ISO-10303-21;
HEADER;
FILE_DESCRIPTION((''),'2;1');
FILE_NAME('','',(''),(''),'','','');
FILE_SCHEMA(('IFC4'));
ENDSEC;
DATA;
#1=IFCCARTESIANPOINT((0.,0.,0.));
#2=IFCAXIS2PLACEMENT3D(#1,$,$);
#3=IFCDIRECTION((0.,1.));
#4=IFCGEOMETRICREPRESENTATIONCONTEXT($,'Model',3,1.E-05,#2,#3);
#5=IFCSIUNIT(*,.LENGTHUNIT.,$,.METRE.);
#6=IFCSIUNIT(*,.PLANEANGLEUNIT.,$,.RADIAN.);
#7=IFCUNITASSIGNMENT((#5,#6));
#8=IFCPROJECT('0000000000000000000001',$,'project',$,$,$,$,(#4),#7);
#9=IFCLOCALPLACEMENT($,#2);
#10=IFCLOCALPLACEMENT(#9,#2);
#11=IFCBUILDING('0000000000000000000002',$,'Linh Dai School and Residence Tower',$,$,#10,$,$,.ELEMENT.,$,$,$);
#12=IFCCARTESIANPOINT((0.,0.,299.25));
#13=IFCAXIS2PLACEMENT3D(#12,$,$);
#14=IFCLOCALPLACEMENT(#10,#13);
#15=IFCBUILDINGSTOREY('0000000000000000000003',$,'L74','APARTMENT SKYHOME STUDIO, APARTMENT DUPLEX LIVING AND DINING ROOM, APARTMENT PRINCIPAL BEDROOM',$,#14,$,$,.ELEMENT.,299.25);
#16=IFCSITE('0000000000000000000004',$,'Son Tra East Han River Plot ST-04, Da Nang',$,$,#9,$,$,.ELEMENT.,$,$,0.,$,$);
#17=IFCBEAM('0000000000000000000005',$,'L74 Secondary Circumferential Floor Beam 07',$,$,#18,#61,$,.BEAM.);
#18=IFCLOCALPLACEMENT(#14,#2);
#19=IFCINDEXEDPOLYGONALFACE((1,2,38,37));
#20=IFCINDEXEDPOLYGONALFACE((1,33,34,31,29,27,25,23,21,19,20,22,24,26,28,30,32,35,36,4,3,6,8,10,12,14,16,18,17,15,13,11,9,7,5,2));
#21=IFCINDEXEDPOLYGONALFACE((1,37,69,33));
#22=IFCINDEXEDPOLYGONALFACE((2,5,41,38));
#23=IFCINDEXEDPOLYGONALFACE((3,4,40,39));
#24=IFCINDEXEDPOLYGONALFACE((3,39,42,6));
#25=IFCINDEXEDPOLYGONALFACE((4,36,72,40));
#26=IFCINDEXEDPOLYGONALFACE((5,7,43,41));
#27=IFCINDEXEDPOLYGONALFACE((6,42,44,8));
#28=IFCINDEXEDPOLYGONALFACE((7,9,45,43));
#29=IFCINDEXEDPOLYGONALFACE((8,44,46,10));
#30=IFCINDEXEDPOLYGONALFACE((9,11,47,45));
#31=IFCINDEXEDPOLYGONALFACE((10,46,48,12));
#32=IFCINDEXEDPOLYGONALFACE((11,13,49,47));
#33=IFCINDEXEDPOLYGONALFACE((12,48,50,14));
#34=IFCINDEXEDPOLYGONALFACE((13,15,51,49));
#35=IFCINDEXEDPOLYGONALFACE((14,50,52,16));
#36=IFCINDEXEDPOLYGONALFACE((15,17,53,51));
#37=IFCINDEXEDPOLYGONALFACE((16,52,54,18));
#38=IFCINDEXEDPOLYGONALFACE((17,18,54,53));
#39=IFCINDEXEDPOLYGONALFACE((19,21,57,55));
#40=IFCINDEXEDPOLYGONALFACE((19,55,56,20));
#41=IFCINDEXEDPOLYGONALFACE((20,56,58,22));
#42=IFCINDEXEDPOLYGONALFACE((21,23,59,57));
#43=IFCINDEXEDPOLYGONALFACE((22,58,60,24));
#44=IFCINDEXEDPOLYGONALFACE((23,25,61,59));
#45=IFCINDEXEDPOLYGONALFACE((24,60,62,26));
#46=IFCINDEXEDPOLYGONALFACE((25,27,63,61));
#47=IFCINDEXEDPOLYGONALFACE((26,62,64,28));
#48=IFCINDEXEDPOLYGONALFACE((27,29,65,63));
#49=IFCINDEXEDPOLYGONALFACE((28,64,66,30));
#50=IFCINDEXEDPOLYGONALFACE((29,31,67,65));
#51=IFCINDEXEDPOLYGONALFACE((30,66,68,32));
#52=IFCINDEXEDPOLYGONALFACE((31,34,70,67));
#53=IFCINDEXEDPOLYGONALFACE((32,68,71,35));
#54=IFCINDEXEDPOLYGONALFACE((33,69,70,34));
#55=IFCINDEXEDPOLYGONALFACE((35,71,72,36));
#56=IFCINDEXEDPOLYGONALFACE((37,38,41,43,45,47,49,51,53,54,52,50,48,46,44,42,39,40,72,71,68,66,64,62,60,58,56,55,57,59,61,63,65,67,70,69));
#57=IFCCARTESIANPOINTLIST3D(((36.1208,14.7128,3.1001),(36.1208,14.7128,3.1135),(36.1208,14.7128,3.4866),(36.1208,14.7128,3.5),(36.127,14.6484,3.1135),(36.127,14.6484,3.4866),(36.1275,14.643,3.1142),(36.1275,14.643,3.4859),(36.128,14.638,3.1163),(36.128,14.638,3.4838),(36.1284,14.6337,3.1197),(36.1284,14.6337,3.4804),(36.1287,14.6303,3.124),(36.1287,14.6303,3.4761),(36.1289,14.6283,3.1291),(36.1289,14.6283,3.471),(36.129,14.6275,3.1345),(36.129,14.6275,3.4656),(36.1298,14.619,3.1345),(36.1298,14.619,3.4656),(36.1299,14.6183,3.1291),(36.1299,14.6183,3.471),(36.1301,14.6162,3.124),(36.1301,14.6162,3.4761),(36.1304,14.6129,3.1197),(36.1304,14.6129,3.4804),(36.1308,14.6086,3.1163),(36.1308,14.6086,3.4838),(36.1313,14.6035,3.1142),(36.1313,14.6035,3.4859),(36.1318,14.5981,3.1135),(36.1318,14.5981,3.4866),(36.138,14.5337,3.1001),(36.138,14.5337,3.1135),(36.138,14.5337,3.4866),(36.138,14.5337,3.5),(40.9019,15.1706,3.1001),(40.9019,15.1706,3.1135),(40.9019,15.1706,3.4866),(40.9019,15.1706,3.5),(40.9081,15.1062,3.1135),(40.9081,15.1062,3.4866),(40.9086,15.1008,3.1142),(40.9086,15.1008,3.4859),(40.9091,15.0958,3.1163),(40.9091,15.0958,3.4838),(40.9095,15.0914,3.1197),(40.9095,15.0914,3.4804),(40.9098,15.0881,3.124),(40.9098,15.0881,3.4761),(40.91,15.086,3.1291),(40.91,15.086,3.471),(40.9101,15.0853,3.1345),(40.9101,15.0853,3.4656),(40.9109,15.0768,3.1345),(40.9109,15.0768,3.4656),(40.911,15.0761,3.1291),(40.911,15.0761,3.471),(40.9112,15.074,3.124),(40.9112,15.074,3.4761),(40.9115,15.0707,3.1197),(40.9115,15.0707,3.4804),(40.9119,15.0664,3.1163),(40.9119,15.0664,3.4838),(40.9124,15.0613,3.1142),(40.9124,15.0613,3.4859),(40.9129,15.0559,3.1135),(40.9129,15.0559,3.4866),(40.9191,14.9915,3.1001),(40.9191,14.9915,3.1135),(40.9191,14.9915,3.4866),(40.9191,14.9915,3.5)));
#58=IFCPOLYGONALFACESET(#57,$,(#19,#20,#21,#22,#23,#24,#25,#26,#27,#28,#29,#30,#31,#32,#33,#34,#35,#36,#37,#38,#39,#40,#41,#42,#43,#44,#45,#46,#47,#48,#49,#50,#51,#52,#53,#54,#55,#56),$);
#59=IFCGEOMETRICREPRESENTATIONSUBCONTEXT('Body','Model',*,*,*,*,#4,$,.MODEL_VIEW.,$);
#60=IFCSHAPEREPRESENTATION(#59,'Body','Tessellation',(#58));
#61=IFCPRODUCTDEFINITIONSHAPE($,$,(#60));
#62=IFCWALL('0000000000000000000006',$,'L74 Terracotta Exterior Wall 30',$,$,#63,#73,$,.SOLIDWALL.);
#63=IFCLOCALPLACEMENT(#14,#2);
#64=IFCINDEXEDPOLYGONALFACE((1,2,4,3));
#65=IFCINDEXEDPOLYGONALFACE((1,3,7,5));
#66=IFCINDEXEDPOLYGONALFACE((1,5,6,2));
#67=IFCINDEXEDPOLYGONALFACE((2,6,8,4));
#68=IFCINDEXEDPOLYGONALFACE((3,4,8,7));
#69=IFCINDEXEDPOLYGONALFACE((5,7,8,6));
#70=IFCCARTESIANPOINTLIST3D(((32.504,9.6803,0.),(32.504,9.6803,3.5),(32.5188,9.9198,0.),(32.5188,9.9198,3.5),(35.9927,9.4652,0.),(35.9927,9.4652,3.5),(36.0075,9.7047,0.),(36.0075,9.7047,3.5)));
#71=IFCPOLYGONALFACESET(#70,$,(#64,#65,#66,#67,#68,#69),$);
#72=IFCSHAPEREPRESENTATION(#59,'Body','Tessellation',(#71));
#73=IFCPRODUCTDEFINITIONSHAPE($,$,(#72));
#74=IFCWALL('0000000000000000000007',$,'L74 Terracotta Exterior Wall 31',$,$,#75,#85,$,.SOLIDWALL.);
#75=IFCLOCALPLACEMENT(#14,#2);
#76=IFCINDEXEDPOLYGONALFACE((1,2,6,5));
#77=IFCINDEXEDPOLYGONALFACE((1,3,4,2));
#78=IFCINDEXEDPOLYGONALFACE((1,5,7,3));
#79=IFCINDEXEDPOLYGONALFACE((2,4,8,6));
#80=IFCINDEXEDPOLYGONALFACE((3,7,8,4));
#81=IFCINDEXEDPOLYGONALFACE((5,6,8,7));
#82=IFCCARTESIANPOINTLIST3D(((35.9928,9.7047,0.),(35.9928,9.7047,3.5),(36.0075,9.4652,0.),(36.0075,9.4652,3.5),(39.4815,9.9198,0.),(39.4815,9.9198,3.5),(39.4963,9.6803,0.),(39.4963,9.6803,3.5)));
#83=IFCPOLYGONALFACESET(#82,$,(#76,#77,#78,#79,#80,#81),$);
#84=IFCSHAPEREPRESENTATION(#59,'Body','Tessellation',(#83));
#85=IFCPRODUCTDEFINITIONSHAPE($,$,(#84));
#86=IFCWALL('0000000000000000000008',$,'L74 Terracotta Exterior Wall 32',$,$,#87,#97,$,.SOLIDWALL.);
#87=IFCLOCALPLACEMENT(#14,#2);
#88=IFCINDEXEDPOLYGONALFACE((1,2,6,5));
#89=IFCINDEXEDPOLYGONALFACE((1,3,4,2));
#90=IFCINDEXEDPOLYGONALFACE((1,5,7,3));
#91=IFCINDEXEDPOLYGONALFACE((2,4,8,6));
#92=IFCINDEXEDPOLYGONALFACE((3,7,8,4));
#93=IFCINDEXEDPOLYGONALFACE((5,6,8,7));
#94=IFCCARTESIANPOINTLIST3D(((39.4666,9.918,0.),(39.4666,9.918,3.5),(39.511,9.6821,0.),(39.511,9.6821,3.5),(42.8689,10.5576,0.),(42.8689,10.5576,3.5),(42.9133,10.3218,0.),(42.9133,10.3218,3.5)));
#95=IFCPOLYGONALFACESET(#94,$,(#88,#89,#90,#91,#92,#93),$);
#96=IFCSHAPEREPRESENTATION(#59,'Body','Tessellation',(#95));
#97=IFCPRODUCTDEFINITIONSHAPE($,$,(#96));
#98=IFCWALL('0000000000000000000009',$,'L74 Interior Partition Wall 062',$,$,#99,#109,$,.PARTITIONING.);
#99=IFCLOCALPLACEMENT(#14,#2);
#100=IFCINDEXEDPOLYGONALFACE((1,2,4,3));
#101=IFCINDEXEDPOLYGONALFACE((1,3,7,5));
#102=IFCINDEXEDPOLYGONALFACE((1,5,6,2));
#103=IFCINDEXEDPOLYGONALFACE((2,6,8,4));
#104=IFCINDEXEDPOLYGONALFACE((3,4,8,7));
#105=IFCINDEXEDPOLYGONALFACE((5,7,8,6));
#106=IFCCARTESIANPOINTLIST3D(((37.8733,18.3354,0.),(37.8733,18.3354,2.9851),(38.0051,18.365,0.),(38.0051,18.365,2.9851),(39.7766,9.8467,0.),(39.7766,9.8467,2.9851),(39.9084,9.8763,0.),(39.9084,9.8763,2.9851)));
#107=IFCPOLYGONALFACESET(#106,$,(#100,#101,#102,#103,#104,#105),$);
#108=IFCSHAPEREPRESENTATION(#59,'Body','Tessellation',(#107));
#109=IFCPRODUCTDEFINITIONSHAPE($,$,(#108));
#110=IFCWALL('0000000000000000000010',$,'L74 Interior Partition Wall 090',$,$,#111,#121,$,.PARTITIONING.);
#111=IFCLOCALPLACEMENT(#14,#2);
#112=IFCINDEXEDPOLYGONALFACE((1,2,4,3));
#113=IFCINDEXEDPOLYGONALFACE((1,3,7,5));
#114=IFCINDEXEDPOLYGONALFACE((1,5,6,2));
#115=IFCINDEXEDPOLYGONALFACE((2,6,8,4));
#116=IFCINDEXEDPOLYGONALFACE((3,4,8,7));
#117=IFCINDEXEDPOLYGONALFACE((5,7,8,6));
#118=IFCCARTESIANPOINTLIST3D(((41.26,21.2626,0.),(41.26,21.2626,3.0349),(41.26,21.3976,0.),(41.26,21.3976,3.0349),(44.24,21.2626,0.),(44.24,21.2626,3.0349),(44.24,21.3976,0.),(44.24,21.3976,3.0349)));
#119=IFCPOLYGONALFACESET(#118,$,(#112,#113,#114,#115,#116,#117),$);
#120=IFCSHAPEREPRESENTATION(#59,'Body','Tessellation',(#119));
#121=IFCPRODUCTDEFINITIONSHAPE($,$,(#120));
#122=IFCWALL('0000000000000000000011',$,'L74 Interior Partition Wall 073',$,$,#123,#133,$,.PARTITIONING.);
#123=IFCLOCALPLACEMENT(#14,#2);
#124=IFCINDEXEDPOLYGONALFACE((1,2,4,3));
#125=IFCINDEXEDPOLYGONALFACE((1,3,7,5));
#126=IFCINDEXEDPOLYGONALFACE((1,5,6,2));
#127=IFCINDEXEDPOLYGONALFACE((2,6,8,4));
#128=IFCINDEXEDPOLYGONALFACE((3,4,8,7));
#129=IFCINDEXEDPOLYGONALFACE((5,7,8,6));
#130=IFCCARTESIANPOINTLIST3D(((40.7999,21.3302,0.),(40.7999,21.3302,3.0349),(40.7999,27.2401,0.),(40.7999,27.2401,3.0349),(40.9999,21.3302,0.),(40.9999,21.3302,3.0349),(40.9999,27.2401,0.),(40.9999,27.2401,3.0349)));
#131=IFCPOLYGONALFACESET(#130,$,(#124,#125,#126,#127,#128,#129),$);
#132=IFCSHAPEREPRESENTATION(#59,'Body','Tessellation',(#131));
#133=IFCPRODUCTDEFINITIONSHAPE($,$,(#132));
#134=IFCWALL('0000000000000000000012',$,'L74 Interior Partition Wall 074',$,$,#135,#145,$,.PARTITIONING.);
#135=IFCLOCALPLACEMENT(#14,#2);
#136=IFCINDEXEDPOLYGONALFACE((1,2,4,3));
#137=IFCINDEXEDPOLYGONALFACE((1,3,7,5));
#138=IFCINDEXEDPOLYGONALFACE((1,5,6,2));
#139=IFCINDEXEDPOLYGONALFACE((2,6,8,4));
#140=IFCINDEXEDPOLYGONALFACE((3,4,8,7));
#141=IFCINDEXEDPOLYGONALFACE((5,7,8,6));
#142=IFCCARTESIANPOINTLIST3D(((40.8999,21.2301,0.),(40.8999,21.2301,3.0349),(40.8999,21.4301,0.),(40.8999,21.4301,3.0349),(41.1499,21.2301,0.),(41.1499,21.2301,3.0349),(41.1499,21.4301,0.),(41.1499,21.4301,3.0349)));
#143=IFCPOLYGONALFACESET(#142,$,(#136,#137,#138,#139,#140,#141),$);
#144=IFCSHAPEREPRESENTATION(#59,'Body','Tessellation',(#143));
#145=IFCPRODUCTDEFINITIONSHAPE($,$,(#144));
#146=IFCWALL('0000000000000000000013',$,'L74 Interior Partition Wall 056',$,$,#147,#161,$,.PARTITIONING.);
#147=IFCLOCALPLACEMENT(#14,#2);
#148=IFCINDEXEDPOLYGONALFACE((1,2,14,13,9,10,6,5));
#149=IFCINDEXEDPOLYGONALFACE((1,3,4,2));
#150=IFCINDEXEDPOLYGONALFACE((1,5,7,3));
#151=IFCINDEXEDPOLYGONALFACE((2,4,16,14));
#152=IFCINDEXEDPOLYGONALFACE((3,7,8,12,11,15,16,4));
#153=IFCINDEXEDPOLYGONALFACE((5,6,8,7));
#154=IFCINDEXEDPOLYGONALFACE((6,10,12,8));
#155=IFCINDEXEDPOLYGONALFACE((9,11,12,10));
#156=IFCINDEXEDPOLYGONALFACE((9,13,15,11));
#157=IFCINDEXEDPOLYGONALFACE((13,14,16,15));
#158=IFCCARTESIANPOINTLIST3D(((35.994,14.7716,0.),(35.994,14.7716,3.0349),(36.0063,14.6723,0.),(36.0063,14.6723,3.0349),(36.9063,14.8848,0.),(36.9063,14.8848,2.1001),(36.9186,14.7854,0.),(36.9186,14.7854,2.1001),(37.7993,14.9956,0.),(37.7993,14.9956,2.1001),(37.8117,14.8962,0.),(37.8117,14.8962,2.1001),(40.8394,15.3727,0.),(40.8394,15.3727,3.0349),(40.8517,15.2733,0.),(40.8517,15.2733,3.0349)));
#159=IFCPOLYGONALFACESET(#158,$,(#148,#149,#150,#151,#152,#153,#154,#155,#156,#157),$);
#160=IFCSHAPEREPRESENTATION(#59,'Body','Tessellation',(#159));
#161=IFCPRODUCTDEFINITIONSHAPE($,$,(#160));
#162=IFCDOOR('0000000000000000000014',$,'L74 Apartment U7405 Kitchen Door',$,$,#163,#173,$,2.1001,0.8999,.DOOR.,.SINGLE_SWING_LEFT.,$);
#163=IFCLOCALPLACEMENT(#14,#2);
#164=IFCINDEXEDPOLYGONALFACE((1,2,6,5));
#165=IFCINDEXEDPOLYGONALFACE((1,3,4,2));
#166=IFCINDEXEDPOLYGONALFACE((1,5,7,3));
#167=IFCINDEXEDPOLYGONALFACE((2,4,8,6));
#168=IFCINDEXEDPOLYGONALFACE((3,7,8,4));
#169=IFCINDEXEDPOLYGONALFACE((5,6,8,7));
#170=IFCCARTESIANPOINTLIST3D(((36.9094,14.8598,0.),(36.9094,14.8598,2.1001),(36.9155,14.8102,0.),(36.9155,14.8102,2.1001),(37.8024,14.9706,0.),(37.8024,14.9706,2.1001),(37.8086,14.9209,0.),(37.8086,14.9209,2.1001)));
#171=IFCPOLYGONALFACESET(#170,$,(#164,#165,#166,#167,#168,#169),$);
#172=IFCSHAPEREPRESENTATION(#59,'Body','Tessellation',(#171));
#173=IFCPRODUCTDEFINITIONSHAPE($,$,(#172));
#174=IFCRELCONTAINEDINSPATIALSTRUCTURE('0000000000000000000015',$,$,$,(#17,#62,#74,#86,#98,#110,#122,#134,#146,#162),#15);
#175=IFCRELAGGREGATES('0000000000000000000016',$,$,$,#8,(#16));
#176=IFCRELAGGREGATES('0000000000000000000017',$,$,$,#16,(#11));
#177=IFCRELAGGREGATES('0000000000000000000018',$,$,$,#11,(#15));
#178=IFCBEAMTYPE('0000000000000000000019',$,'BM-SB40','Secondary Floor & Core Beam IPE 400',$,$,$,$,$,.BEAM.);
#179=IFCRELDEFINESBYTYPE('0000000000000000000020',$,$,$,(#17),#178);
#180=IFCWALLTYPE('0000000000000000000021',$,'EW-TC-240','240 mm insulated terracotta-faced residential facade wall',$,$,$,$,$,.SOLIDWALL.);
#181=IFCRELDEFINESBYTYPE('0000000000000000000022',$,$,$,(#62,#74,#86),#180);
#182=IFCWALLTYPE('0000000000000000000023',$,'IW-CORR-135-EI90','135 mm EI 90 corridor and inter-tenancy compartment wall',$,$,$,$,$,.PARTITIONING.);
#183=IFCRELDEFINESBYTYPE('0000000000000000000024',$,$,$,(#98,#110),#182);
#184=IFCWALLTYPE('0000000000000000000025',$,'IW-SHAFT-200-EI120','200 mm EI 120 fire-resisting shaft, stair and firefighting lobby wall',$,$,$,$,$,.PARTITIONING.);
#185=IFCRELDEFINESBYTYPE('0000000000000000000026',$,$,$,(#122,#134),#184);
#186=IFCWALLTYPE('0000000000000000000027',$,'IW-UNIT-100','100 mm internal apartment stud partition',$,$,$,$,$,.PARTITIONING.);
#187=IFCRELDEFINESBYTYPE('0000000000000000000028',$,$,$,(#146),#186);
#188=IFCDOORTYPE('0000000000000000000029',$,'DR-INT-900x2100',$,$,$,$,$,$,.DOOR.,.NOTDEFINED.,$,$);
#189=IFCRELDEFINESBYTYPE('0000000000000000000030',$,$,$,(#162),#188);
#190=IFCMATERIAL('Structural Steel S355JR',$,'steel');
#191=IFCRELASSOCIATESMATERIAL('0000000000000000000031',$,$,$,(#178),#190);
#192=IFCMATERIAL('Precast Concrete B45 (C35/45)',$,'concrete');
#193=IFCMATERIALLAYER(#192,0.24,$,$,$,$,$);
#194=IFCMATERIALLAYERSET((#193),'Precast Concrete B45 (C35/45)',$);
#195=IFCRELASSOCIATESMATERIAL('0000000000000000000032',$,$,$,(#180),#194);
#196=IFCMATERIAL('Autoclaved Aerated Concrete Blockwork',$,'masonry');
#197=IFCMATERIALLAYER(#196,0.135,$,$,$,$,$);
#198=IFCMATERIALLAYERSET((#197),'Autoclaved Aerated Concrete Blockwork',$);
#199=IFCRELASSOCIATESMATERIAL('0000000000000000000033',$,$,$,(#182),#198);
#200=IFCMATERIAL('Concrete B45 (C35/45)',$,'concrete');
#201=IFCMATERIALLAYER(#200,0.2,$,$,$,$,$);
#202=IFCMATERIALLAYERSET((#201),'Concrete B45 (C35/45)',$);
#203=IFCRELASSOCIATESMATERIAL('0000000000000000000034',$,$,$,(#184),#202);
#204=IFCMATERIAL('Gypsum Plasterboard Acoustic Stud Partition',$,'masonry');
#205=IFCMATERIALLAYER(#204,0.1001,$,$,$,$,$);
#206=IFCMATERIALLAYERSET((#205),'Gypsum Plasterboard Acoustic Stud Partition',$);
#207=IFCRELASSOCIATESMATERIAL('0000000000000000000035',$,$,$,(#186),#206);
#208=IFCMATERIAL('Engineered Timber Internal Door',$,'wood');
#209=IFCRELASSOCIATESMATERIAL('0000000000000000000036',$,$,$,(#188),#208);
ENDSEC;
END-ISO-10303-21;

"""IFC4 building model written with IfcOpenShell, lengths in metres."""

from ifc_helpers import new_model, si_unit, direction, frame, frame_2d, origin, origin_2d, place, context, subcontext, project, spatial, rectangle, i_section, extrude, source, transform, mapped, material, layer, layer_set, material_profile, profile_set, type_object, element, fill, save


model = new_model("IFC4")

# Units and contexts
model_context = context("Model", 3, precision=1e-05, world=origin(), true_north=direction((0.0, 1.0)))
body_context = subcontext(model_context, "Body", "Model", "MODEL_VIEW")
ifc_project = project(units=[si_unit("LENGTHUNIT", "METRE"), si_unit("PLANEANGLEUNIT", "RADIAN")], contexts=[model_context])

# Site, building, storey
site_placement = place(None, origin())
site = spatial("IfcSite", under=ifc_project, at=site_placement, Name="Son Tra East Han River Plot ST-04, Da Nang", CompositionType="ELEMENT", RefElevation=0.0)
building_placement = place(site_placement, origin())
building = spatial("IfcBuilding", under=site, at=building_placement, Name="Linh Dai School and Residence Tower", CompositionType="ELEMENT")
storey_placement = place(building_placement, frame((0.0, 0.0, 299.25)))
storey = spatial("IfcBuildingStorey", under=building, at=storey_placement, Name="L74", Description="APARTMENT SKYHOME STUDIO, APARTMENT DUPLEX LIVING AND DINING ROOM, APARTMENT PRINCIPAL BEDROOM", CompositionType="ELEMENT", Elevation=299.25)

# Shared definitions
ifc_material_1 = material(Name="Structural Steel S355JR", Category="steel")

# Beam
ifc_material_profile_1 = material_profile(ifc_material_1, i_section(OverallWidth=0.1799, OverallDepth=0.3999, WebThickness=0.0085, FlangeThickness=0.0134, FilletRadius=0.021, at=origin_2d()), Name="IPE 400")
ifc_profile_set_1 = profile_set([ifc_material_profile_1], Name="Structural Steel S355JR")
beam_type_1 = type_object("IfcBeamType", Name="BM-SB40", Description="Secondary Floor & Core Beam IPE 400", PredefinedType="BEAM", material=ifc_profile_set_1)
beam_1_placement = place(storey_placement, frame((36.1294, 14.6233, 3.3), z_axis=(0.995448, 0.09531, 0.0), x_axis=(-0.09531, 0.995448, 0.0)))
element("IfcBeam", 1, at=beam_1_placement, inside=storey, type_object=beam_type_1, Name="L74 Secondary Circumferential Floor Beam 07", PredefinedType="BEAM", context=body_context, shape_type="SweptSolid", body=[
    extrude(i_section(OverallWidth=0.1799, OverallDepth=0.3999, WebThickness=0.0085, FlangeThickness=0.0134, FilletRadius=0.021, at=origin_2d()), origin(), (0.0, 0.0, 1.0), 4.803),
])

# Walls
ifc_material_2 = material(Name="Precast Concrete B45 (C35/45)", Category="concrete")
ifc_layer_1 = layer(ifc_material_2, 0.24)
ifc_layer_set_1 = layer_set([ifc_layer_1], Name="Precast Concrete B45 (C35/45)")
wall_type_1 = type_object("IfcWallType", Name="EW-TC-240", Description="240 mm insulated terracotta-faced residential facade wall", PredefinedType="SOLIDWALL", material=ifc_layer_set_1)
for number, where, z_axis, x_axis, name in (
    (2, (36.0, 9.585, 0.0), (0.0, 0.0, 1.0), (-0.998105, 0.061535, 0.0), "L74 Terracotta Exterior Wall 30"),
    (3, (39.4888, 9.8, 0.0), (0.0, 0.0, 1.0), (-0.998105, -0.061535, 0.0), "L74 Terracotta Exterior Wall 31"),
):
    element("IfcWall", number, at=place(storey_placement, frame(where, z_axis=z_axis, x_axis=x_axis)), inside=storey, type_object=wall_type_1, Name=name, PredefinedType="SOLIDWALL", context=body_context, shape_type="SweptSolid", body=[
        extrude(rectangle(XDim=3.4954, YDim=0.24, at=frame_2d((1.7476, 0.0))), origin(), (0.0, 0.0, 1.0), 3.5),
    ])
wall_1_placement = place(storey_placement, frame((42.8911, 10.4397, 0.0), z_axis=(0.0, 0.0, 1.0), x_axis=(-0.982783, -0.184765, 0.0)))
element("IfcWall", 4, at=wall_1_placement, inside=storey, type_object=wall_type_1, Name="L74 Terracotta Exterior Wall 32", PredefinedType="SOLIDWALL", context=body_context, shape_type="SweptSolid", body=[
    extrude(rectangle(XDim=3.4619, YDim=0.24, at=frame_2d((1.731, 0.0))), origin(), (0.0, 0.0, 1.0), 3.5),
])
ifc_material_3 = material(Name="Autoclaved Aerated Concrete Blockwork", Category="masonry")
ifc_layer_2 = layer(ifc_material_3, 0.135)
ifc_layer_set_2 = layer_set([ifc_layer_2], Name="Autoclaved Aerated Concrete Blockwork")
wall_type_2 = type_object("IfcWallType", Name="IW-CORR-135-EI90", Description="135 mm EI 90 corridor and inter-tenancy compartment wall", PredefinedType="PARTITIONING", material=ifc_layer_set_2)
wall_2_placement = place(storey_placement, frame((37.9392, 18.3501, 0.0), z_axis=(0.0, 0.0, 1.0), x_axis=(0.218784, -0.975773, 0.0)))
element("IfcWall", 5, at=wall_2_placement, inside=storey, type_object=wall_type_2, Name="L74 Interior Partition Wall 062", PredefinedType="PARTITIONING", context=body_context, shape_type="SweptSolid", body=[
    extrude(rectangle(XDim=8.6995, YDim=0.135, at=frame_2d((4.3496, 0.0))), origin(), (0.0, 0.0, 1.0), 2.9851),
])
wall_3_placement = place(storey_placement, frame((44.24, 21.3301, 0.0), z_axis=(0.0, 0.0, 1.0), x_axis=(-1.0, 0.0, 0.0)))
element("IfcWall", 6, at=wall_3_placement, inside=storey, type_object=wall_type_2, Name="L74 Interior Partition Wall 090", PredefinedType="PARTITIONING", context=body_context, shape_type="SweptSolid", body=[
    extrude(rectangle(XDim=2.98, YDim=0.135, at=frame_2d((1.49, 0.0))), origin(), (0.0, 0.0, 1.0), 3.0349),
])
ifc_material_4 = material(Name="Concrete B45 (C35/45)", Category="concrete")
ifc_layer_3 = layer(ifc_material_4, 0.2)
ifc_layer_set_3 = layer_set([ifc_layer_3], Name="Concrete B45 (C35/45)")
wall_type_3 = type_object("IfcWallType", Name="IW-SHAFT-200-EI120", Description="200 mm EI 120 fire-resisting shaft, stair and firefighting lobby wall", PredefinedType="PARTITIONING", material=ifc_layer_set_3)
wall_4_placement = place(storey_placement, frame((40.8999, 21.3301, 0.0), z_axis=(0.0, 0.0, 1.0), x_axis=(0.0, 1.0, 0.0)))
element("IfcWall", 7, at=wall_4_placement, inside=storey, type_object=wall_type_3, Name="L74 Interior Partition Wall 073", PredefinedType="PARTITIONING", context=body_context, shape_type="SweptSolid", body=[
    extrude(rectangle(XDim=5.9099, YDim=0.2, at=frame_2d((2.9551, 0.0))), origin(), (0.0, 0.0, 1.0), 3.0349),
])
wall_5_placement = place(storey_placement, frame((40.8999, 21.3301, 0.0), z_axis=(0.0, 0.0, 1.0), x_axis=(1.0, 0.0, 0.0)))
element("IfcWall", 8, at=wall_5_placement, inside=storey, type_object=wall_type_3, Name="L74 Interior Partition Wall 074", PredefinedType="PARTITIONING", context=body_context, shape_type="SweptSolid", body=[
    extrude(rectangle(XDim=0.25, YDim=0.2, at=frame_2d((0.125, 0.0))), origin(), (0.0, 0.0, 1.0), 3.0349),
])

# Wall, opening, door
ifc_material_5 = material(Name="Gypsum Plasterboard Acoustic Stud Partition", Category="masonry")
ifc_layer_4 = layer(ifc_material_5, 0.1001)
ifc_layer_set_4 = layer_set([ifc_layer_4], Name="Gypsum Plasterboard Acoustic Stud Partition")
wall_type_4 = type_object("IfcWallType", Name="IW-UNIT-100", Description="100 mm internal apartment stud partition", PredefinedType="PARTITIONING", material=ifc_layer_set_4)
wall_6_placement = place(storey_placement, frame((36.0, 14.7219, 0.0), z_axis=(0.0, 0.0, 1.0), x_axis=(0.992394, 0.123105, 0.0)))
wall_6 = element("IfcWall", 9, at=wall_6_placement, inside=storey, type_object=wall_type_4, Name="L74 Interior Partition Wall 056", PredefinedType="PARTITIONING", context=body_context, shape_type="SweptSolid", body=[
    extrude(rectangle(XDim=4.8826, YDim=0.1001, at=frame_2d((2.4414, 0.0))), origin(), (0.0, 0.0, 1.0), 3.0349),
])
opening_1_placement = place(wall_6_placement, frame((0.9194, 0.0, 0.0)))
opening_1 = element("IfcOpeningElement", 10, at=opening_1_placement, cuts=wall_6, PredefinedType="OPENING", context=body_context, shape_type="SweptSolid", body=[
    extrude(rectangle(XDim=0.8999, YDim=2.1001, at=origin_2d()), frame((0.45, 0.0601, 1.05), z_axis=(0.0, -1.0, 0.0), x_axis=(1.0, 0.0, 0.0)), (0.0, 0.0, 1.0), 0.1201),
])
ifc_material_6 = material(Name="Engineered Timber Internal Door", Category="wood")
door_type_1 = type_object("IfcDoorType", Name="DR-INT-900x2100", OperationType="NOTDEFINED", PredefinedType="DOOR", material=ifc_material_6)
shared_shape_1 = source(origin(), body_context, "Body", "SweptSolid", [
    extrude(rectangle(XDim=0.8999, YDim=2.1001, at=origin_2d()), frame((0.45, 0.0249, 1.05), z_axis=(0.0, -1.0, 0.0), x_axis=(1.0, 0.0, 0.0)), (0.0, 0.0, 1.0), 0.05),
])
door_1_placement = place(opening_1_placement, origin())
door_1 = element("IfcDoor", 11, at=door_1_placement, inside=storey, type_object=door_type_1, Name="L74 Apartment U7405 Kitchen Door", OperationType="SINGLE_SWING_LEFT", OverallHeight=2.1001, OverallWidth=0.8999, PredefinedType="DOOR", context=body_context, shape_type="MappedRepresentation", body=[
    mapped(shared_shape_1, transform((0.0, 0.0, 0.0), x_axis=(1.0, 0.0, 0.0), y_axis=(0.0, 1.0, 0.0), z_axis=(0.0, 0.0, 1.0), scale=1.0)),
])
fill(opening_1, door_1)

save(model, "model.ifc")
